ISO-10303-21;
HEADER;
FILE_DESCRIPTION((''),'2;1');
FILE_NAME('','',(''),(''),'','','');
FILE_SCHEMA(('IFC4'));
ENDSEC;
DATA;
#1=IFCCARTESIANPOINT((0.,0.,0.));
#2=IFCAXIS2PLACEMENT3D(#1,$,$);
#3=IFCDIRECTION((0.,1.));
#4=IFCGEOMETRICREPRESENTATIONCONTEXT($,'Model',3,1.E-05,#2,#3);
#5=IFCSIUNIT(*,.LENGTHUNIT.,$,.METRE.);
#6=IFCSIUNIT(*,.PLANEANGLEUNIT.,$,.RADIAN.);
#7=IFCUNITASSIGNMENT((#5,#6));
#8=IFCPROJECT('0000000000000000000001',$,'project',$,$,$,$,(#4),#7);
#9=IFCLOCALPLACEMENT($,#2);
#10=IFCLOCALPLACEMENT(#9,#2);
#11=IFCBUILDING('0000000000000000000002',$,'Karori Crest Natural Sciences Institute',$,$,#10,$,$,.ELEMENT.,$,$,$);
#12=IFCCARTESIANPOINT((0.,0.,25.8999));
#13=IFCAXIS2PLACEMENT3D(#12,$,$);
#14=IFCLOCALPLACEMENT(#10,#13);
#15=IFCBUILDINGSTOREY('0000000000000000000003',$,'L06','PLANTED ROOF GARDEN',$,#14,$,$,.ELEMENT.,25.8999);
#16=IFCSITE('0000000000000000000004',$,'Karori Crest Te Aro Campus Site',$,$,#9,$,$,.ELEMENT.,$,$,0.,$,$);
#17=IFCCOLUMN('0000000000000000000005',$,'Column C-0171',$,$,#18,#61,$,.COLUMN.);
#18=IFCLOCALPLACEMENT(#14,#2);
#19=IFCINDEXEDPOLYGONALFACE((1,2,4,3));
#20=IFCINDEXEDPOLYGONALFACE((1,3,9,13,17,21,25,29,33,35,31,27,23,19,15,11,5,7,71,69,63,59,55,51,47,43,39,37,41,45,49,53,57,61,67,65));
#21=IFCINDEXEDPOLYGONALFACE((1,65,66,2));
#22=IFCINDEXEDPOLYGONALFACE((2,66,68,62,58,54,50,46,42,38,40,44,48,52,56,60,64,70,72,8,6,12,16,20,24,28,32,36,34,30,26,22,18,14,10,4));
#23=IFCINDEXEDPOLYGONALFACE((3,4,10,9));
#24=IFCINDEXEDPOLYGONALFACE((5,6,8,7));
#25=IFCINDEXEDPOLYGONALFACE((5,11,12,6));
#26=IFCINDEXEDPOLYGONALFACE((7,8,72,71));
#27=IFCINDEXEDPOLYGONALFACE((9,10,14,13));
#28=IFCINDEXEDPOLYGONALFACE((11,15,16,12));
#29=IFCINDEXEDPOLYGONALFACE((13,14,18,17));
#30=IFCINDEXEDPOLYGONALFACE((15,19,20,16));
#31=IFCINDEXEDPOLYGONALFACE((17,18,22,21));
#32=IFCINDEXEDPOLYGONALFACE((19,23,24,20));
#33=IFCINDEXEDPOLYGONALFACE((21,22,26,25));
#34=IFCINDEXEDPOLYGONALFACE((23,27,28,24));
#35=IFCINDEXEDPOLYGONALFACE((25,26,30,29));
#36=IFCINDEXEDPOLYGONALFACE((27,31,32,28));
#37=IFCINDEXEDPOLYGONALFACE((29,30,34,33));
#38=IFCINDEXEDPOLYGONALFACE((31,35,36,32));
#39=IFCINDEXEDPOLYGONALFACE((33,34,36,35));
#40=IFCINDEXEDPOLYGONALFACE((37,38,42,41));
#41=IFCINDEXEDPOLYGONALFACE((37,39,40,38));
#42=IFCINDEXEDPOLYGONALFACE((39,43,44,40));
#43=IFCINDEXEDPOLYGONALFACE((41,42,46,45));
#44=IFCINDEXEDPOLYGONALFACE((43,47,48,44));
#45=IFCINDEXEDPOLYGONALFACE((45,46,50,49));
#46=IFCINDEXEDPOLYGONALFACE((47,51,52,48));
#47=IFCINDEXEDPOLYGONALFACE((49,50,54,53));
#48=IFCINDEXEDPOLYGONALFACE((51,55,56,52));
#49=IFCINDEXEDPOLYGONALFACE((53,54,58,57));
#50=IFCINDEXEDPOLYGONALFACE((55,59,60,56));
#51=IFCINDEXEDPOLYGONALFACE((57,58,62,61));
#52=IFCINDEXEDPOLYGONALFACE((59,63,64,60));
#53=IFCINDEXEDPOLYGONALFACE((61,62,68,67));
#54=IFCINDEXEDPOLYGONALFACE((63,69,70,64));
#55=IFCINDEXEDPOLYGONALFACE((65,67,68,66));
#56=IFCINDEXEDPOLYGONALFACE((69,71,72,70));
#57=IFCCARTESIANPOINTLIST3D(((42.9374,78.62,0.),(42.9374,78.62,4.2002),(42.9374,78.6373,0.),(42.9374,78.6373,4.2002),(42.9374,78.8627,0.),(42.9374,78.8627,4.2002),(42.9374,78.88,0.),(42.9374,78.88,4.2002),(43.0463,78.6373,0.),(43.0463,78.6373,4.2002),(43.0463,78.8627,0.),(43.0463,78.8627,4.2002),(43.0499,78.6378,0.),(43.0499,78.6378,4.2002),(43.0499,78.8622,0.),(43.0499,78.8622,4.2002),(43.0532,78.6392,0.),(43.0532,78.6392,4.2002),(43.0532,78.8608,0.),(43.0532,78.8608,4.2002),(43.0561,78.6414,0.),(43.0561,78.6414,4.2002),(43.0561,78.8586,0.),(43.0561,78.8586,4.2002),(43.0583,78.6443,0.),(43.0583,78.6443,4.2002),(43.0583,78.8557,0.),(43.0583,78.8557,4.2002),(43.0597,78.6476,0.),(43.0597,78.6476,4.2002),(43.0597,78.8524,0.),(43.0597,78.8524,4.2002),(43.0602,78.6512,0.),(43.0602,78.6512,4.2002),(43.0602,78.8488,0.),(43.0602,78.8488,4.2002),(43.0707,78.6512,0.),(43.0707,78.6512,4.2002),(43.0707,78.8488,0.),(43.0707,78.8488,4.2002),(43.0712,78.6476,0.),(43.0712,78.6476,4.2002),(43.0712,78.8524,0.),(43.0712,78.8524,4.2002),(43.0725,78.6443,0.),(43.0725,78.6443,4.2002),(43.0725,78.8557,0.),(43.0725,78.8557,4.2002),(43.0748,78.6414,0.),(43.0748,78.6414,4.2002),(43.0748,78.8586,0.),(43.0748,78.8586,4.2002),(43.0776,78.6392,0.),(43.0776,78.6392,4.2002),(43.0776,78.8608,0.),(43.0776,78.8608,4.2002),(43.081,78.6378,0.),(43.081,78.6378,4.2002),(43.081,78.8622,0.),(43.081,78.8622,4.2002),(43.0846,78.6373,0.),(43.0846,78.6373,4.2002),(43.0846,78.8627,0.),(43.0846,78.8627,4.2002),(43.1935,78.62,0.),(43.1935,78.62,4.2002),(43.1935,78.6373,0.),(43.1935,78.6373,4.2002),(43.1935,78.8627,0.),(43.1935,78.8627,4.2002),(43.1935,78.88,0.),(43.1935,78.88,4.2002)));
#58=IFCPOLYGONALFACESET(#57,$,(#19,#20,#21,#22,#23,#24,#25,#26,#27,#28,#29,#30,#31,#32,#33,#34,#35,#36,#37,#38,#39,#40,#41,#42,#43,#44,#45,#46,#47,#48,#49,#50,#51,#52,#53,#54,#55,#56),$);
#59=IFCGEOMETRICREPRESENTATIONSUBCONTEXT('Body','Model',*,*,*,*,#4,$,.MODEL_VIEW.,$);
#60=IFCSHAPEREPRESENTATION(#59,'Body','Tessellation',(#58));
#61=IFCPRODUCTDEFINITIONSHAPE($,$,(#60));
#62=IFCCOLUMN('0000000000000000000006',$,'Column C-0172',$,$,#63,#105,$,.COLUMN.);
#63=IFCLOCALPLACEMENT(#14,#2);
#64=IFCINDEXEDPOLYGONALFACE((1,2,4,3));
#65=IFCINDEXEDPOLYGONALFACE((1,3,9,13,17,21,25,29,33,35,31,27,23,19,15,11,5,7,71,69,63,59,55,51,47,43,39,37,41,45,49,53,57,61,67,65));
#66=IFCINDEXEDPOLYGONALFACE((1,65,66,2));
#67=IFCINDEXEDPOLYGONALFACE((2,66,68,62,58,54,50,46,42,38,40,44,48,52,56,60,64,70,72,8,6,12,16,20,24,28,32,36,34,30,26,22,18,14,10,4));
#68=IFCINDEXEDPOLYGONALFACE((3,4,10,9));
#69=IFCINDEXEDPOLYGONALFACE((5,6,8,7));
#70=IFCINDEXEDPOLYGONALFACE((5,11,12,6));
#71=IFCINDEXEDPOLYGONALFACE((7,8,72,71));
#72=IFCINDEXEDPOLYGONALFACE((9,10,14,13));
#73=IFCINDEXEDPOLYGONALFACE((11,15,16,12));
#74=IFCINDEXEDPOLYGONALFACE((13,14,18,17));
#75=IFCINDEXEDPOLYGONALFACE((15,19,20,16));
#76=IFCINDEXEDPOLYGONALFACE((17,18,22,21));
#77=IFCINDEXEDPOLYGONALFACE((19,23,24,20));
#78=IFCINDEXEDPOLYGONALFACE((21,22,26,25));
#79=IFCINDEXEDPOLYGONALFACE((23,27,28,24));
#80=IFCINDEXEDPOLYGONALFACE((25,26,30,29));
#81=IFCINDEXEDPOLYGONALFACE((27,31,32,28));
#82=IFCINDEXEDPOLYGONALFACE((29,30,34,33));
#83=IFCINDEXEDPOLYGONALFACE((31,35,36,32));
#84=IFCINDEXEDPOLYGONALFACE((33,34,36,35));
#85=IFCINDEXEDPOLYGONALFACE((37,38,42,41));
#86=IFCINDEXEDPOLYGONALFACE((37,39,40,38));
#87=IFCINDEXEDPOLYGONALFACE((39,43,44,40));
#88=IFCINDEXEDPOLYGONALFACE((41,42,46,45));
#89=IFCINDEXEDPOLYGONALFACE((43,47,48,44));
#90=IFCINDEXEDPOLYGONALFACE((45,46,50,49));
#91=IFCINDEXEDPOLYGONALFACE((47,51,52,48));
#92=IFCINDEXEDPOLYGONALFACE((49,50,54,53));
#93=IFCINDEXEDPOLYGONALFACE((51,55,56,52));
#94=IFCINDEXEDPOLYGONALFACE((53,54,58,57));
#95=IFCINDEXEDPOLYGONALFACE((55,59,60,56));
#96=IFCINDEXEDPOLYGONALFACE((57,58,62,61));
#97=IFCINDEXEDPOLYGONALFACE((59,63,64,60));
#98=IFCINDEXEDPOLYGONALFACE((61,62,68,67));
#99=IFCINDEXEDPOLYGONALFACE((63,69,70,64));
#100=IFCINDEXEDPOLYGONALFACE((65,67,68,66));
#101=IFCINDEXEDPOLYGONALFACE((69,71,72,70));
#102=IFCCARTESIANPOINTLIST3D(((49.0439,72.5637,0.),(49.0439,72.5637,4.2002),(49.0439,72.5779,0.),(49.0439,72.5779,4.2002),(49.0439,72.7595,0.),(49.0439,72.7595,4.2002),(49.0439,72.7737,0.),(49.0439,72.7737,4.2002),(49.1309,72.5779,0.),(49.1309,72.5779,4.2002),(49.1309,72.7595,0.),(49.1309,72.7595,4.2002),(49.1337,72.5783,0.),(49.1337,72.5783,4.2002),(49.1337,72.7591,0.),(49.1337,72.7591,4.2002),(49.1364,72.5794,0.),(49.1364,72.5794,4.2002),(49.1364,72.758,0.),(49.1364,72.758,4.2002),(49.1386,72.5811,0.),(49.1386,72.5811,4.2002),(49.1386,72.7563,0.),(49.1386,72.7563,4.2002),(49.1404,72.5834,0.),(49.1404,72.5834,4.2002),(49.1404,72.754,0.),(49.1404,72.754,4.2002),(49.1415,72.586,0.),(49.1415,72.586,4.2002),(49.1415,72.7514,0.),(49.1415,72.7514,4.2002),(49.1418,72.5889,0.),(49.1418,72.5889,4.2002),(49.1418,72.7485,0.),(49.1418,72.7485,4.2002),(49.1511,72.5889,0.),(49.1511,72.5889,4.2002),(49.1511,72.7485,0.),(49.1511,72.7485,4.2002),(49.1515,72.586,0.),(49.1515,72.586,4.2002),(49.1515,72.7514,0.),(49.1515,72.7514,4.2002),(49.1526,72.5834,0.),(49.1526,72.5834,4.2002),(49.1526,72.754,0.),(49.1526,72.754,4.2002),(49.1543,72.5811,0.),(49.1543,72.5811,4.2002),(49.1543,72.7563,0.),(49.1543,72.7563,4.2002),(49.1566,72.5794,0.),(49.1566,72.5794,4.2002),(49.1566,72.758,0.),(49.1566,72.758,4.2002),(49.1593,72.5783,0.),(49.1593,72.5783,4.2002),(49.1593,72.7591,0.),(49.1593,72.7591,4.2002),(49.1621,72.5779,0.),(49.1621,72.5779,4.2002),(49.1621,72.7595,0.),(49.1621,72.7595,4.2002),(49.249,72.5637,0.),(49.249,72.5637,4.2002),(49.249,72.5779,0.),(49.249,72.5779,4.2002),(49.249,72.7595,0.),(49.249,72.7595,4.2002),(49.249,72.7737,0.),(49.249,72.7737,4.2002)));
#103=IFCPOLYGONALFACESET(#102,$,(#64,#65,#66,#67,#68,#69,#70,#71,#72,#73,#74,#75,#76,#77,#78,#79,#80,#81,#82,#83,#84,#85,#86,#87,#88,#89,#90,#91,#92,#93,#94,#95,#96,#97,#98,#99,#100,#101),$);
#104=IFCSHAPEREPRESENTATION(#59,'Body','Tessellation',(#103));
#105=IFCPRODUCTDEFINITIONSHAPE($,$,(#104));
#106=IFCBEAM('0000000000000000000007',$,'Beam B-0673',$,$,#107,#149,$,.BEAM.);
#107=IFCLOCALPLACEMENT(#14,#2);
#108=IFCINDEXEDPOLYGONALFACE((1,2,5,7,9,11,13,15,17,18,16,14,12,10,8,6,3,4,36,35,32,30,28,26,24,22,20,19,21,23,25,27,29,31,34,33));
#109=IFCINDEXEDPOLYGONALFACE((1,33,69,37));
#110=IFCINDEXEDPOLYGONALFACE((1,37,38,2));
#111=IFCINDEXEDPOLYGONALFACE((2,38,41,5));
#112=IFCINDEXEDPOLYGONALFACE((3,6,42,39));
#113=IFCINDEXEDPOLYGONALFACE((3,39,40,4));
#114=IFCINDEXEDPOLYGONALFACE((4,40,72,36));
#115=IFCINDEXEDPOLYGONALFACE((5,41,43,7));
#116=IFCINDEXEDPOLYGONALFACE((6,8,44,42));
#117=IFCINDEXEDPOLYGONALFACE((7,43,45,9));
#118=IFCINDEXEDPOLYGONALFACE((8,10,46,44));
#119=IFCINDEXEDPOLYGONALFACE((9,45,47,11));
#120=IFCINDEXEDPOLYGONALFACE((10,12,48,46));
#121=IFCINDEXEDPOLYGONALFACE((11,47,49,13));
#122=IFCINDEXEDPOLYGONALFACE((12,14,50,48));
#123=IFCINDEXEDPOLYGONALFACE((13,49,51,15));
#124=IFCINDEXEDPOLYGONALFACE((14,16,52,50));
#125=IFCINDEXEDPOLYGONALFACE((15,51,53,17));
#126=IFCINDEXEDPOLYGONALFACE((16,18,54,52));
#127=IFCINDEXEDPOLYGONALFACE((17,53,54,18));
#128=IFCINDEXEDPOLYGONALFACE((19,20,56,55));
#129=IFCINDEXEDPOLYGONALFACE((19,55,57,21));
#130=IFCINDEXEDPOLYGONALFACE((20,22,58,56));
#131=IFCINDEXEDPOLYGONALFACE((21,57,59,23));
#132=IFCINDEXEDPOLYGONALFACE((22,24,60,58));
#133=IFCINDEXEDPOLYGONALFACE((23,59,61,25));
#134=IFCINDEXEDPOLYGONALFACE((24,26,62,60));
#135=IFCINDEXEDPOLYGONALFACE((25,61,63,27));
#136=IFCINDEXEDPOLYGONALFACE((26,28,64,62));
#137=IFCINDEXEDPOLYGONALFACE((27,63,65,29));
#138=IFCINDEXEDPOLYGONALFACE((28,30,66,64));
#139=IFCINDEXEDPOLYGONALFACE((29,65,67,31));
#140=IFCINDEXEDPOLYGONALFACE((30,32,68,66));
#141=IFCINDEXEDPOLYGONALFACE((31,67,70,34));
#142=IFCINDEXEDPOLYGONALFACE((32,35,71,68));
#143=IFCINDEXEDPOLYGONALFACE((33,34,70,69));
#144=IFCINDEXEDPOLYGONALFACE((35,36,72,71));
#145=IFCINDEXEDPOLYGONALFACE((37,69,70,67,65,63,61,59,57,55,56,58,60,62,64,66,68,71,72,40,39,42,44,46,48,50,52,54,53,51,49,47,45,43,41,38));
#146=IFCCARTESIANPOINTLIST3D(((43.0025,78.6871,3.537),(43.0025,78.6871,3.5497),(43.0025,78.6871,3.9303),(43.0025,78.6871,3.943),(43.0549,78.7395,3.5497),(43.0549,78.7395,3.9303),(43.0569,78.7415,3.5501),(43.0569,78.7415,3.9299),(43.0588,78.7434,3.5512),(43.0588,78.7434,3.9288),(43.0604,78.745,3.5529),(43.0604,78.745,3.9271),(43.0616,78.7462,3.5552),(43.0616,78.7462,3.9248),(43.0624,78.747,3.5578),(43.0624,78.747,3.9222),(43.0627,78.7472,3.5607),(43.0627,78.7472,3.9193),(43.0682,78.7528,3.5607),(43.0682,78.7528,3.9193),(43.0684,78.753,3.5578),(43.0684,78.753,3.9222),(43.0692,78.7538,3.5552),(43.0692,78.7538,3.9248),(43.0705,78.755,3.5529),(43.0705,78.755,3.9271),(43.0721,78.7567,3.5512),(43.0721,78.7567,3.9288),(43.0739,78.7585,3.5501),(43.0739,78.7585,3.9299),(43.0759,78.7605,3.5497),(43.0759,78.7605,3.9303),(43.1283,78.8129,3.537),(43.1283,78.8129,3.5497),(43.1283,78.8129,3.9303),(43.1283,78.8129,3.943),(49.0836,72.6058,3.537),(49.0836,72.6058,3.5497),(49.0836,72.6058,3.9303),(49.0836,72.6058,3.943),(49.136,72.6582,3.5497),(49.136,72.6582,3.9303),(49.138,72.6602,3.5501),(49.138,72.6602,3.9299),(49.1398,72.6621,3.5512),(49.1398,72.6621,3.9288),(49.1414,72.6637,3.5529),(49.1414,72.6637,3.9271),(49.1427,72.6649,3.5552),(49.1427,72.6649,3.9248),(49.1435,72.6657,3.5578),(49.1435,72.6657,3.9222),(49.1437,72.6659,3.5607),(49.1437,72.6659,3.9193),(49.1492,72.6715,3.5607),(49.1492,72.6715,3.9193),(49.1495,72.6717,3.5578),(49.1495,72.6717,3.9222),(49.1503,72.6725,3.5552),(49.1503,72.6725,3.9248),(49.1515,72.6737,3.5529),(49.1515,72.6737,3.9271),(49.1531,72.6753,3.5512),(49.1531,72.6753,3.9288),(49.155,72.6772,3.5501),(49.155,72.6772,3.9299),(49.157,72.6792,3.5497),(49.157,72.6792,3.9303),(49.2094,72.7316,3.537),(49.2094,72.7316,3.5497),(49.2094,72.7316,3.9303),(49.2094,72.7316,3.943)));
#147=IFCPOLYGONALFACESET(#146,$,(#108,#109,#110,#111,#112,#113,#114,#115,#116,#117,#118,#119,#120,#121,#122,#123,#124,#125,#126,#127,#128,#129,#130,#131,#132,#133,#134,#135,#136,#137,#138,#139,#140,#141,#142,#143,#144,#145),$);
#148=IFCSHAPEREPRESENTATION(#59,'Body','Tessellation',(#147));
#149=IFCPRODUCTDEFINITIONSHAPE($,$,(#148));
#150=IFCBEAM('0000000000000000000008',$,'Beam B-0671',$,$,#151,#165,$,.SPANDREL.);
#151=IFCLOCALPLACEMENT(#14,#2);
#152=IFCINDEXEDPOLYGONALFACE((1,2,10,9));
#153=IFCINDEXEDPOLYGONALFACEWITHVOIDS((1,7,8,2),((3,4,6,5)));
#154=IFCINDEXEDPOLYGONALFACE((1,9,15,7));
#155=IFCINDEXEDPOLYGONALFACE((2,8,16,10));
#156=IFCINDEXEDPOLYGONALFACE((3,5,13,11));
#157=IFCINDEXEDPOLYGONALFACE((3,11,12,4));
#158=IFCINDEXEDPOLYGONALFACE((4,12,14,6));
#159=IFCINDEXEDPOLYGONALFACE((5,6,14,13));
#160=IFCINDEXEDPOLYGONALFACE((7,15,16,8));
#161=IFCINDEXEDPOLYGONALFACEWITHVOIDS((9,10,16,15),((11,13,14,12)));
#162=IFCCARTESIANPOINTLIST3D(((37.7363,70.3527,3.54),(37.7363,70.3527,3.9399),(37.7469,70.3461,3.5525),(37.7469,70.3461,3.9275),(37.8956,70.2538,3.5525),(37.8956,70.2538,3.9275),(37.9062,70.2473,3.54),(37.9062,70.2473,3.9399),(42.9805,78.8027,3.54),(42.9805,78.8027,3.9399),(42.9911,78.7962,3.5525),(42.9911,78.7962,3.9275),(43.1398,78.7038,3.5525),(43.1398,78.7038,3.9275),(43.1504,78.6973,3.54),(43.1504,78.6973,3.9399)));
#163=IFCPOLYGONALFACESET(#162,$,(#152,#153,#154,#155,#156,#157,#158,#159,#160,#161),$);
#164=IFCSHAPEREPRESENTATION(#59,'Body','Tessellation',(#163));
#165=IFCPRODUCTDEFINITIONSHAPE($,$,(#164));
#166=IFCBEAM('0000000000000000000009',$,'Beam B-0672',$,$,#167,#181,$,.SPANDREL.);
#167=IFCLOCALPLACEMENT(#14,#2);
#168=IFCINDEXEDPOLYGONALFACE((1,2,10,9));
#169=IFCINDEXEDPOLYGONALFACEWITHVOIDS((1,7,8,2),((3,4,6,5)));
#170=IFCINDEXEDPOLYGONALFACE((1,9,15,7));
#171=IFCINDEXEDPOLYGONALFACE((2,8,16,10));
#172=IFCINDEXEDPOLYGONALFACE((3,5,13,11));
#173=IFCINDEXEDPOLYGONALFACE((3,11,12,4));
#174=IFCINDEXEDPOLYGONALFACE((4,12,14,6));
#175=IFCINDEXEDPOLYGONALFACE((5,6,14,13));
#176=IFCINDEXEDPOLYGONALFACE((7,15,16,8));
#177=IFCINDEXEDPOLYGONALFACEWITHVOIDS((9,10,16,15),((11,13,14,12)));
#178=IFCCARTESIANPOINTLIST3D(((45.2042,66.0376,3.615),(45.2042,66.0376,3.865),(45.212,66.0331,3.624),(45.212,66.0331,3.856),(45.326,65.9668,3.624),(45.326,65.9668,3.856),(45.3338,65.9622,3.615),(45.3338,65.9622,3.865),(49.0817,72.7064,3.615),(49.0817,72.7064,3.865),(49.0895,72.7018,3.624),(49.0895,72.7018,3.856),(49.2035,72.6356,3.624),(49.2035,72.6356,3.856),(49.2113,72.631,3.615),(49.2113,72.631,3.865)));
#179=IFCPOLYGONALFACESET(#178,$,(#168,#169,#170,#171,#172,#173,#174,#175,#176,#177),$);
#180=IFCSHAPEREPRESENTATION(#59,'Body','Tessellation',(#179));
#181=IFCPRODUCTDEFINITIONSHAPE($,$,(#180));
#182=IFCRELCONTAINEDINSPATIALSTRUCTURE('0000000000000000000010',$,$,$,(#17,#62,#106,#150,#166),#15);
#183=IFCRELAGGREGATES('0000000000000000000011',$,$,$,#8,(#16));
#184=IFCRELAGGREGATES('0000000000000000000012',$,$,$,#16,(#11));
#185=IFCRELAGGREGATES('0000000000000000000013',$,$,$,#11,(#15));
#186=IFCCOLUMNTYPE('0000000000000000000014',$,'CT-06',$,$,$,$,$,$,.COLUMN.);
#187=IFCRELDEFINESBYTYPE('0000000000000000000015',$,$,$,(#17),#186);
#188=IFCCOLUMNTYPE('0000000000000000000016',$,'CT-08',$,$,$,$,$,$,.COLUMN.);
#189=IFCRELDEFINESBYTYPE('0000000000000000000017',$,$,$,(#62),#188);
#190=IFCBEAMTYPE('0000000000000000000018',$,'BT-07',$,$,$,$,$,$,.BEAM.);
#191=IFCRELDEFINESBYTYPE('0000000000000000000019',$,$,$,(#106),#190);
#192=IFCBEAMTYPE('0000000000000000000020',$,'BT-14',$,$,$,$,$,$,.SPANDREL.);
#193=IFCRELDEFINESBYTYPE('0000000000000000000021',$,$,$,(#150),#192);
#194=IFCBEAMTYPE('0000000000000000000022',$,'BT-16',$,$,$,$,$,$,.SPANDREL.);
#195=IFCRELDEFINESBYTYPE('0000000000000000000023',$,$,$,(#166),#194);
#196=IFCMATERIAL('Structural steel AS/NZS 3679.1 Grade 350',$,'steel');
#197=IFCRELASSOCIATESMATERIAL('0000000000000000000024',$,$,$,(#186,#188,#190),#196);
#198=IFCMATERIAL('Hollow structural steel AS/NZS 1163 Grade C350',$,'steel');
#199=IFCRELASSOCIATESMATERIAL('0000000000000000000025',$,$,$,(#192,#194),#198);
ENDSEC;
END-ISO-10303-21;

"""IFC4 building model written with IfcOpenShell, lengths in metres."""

from ifc_helpers import new_model, si_unit, direction, frame, origin, origin_2d, place, context, subcontext, project, spatial, hollow_rectangle, i_section, extrude, material, material_profile, profile_set, type_object, element, save


model = new_model("IFC4")

# Units and contexts
model_context = context("Model", 3, precision=1e-05, world=origin(), true_north=direction((0.0, 1.0)))
body_context = subcontext(model_context, "Body", "Model", "MODEL_VIEW")
ifc_project = project(units=[si_unit("LENGTHUNIT", "METRE"), si_unit("PLANEANGLEUNIT", "RADIAN")], contexts=[model_context])

# Site, building, storey
site_placement = place(None, origin())
site = spatial("IfcSite", under=ifc_project, at=site_placement, Name="Karori Crest Te Aro Campus Site", CompositionType="ELEMENT", RefElevation=0.0)
building_placement = place(site_placement, origin())
building = spatial("IfcBuilding", under=site, at=building_placement, Name="Karori Crest Natural Sciences Institute", CompositionType="ELEMENT")
storey_placement = place(building_placement, frame((0.0, 0.0, 25.8999)))
storey = spatial("IfcBuildingStorey", under=building, at=storey_placement, Name="L06", Description="PLANTED ROOF GARDEN", CompositionType="ELEMENT", Elevation=25.8999)

# Columns
ifc_material_1 = material(Name="Structural steel AS/NZS 3679.1 Grade 350", Category="steel")
ifc_material_profile_1 = material_profile(ifc_material_1, i_section(OverallWidth=0.2561, OverallDepth=0.26, WebThickness=0.0105, FlangeThickness=0.0173, FilletRadius=0.0139, at=origin_2d()), Name="250UC89.5")
ifc_profile_set_1 = profile_set([ifc_material_profile_1], Name="Structural steel AS/NZS 3679.1 Grade 350")
column_type_1 = type_object("IfcColumnType", Name="CT-06", PredefinedType="COLUMN", material=ifc_profile_set_1)
column_1_placement = place(storey_placement, frame((43.0654, 78.75, 0.0), z_axis=(0.0, 0.0, 1.0), x_axis=(1.0, 0.0, 0.0)))
element("IfcColumn", 1, at=column_1_placement, inside=storey, type_object=column_type_1, Name="Column C-0171", PredefinedType="COLUMN", context=body_context, shape_type="SweptSolid", body=[
    extrude(i_section(OverallWidth=0.2561, OverallDepth=0.26, WebThickness=0.0105, FlangeThickness=0.0173, FilletRadius=0.0139, at=origin_2d()), origin(), (0.0, 0.0, 1.0), 4.2002),
])
ifc_material_profile_2 = material_profile(ifc_material_1, i_section(OverallWidth=0.2051, OverallDepth=0.21, WebThickness=0.0093, FlangeThickness=0.0142, FilletRadius=0.011, at=origin_2d()), Name="200UC59.5")
ifc_profile_set_2 = profile_set([ifc_material_profile_2], Name="Structural steel AS/NZS 3679.1 Grade 350")
column_type_2 = type_object("IfcColumnType", Name="CT-08", PredefinedType="COLUMN", material=ifc_profile_set_2)
column_2_placement = place(storey_placement, frame((49.1465, 72.6687, 0.0), z_axis=(0.0, 0.0, 1.0), x_axis=(1.0, 0.0, 0.0)))
element("IfcColumn", 2, at=column_2_placement, inside=storey, type_object=column_type_2, Name="Column C-0172", PredefinedType="COLUMN", context=body_context, shape_type="SweptSolid", body=[
    extrude(i_section(OverallWidth=0.2051, OverallDepth=0.21, WebThickness=0.0093, FlangeThickness=0.0142, FilletRadius=0.011, at=origin_2d()), origin(), (0.0, 0.0, 1.0), 4.2002),
])

# Beams
ifc_material_profile_3 = material_profile(ifc_material_1, i_section(OverallWidth=0.178, OverallDepth=0.406, WebThickness=0.0078, FlangeThickness=0.0127, FilletRadius=0.011, at=origin_2d()), Name="410UB59.7")
ifc_profile_set_3 = profile_set([ifc_material_profile_3], Name="Structural steel AS/NZS 3679.1 Grade 350")
beam_type_1 = type_object("IfcBeamType", Name="BT-07", PredefinedType="BEAM", material=ifc_profile_set_3)
beam_1_placement = place(storey_placement, frame((49.1465, 72.6687, 3.74), z_axis=(-0.707093, 0.707121, 0.0), x_axis=(-0.707121, -0.707093, 0.0)))
element("IfcBeam", 3, at=beam_1_placement, inside=storey, type_object=beam_type_1, Name="Beam B-0673", PredefinedType="BEAM", context=body_context, shape_type="SweptSolid", body=[
    extrude(i_section(OverallWidth=0.178, OverallDepth=0.406, WebThickness=0.0078, FlangeThickness=0.0127, FilletRadius=0.011, at=origin_2d()), origin(), (0.0, 0.0, 1.0), 8.6001),
])
ifc_material_2 = material(Name="Hollow structural steel AS/NZS 1163 Grade C350", Category="steel")
ifc_material_profile_4 = material_profile(ifc_material_2, hollow_rectangle(XDim=0.2, YDim=0.3999, WallThickness=0.0125, at=origin_2d()), Name="RHS400x200x12.5")
ifc_profile_set_4 = profile_set([ifc_material_profile_4], Name="Hollow structural steel AS/NZS 1163 Grade C350")
beam_type_2 = type_object("IfcBeamType", Name="BT-14", PredefinedType="SPANDREL", material=ifc_profile_set_4)
beam_2_placement = place(storey_placement, frame((43.0654, 78.75, 3.74), z_axis=(-0.527315, -0.84967, 0.0), x_axis=(0.84967, -0.527315, 0.0)))
element("IfcBeam", 4, at=beam_2_placement, inside=storey, type_object=beam_type_2, Name="Beam B-0671", PredefinedType="SPANDREL", context=body_context, shape_type="SweptSolid", body=[
    extrude(hollow_rectangle(XDim=0.2, YDim=0.3999, WallThickness=0.0125, at=origin_2d()), origin(), (0.0, 0.0, 1.0), 9.9451),
])
ifc_material_profile_5 = material_profile(ifc_material_2, hollow_rectangle(XDim=0.1499, YDim=0.25, WallThickness=0.009, at=origin_2d()), Name="RHS250x150x9")
ifc_profile_set_5 = profile_set([ifc_material_profile_5], Name="Hollow structural steel AS/NZS 1163 Grade C350")
beam_type_3 = type_object("IfcBeamType", Name="BT-16", PredefinedType="SPANDREL", material=ifc_profile_set_5)
beam_3_placement = place(storey_placement, frame((49.1465, 72.6687, 3.74), z_axis=(-0.502649, -0.864491, 0.0), x_axis=(0.864491, -0.502649, 0.0)))
element("IfcBeam", 5, at=beam_3_placement, inside=storey, type_object=beam_type_3, Name="Beam B-0672", PredefinedType="SPANDREL", context=body_context, shape_type="SweptSolid", body=[
    extrude(hollow_rectangle(XDim=0.1499, YDim=0.25, WallThickness=0.009, at=origin_2d()), origin(), (0.0, 0.0, 1.0), 7.7141),
])

save(model, "model.ifc")
